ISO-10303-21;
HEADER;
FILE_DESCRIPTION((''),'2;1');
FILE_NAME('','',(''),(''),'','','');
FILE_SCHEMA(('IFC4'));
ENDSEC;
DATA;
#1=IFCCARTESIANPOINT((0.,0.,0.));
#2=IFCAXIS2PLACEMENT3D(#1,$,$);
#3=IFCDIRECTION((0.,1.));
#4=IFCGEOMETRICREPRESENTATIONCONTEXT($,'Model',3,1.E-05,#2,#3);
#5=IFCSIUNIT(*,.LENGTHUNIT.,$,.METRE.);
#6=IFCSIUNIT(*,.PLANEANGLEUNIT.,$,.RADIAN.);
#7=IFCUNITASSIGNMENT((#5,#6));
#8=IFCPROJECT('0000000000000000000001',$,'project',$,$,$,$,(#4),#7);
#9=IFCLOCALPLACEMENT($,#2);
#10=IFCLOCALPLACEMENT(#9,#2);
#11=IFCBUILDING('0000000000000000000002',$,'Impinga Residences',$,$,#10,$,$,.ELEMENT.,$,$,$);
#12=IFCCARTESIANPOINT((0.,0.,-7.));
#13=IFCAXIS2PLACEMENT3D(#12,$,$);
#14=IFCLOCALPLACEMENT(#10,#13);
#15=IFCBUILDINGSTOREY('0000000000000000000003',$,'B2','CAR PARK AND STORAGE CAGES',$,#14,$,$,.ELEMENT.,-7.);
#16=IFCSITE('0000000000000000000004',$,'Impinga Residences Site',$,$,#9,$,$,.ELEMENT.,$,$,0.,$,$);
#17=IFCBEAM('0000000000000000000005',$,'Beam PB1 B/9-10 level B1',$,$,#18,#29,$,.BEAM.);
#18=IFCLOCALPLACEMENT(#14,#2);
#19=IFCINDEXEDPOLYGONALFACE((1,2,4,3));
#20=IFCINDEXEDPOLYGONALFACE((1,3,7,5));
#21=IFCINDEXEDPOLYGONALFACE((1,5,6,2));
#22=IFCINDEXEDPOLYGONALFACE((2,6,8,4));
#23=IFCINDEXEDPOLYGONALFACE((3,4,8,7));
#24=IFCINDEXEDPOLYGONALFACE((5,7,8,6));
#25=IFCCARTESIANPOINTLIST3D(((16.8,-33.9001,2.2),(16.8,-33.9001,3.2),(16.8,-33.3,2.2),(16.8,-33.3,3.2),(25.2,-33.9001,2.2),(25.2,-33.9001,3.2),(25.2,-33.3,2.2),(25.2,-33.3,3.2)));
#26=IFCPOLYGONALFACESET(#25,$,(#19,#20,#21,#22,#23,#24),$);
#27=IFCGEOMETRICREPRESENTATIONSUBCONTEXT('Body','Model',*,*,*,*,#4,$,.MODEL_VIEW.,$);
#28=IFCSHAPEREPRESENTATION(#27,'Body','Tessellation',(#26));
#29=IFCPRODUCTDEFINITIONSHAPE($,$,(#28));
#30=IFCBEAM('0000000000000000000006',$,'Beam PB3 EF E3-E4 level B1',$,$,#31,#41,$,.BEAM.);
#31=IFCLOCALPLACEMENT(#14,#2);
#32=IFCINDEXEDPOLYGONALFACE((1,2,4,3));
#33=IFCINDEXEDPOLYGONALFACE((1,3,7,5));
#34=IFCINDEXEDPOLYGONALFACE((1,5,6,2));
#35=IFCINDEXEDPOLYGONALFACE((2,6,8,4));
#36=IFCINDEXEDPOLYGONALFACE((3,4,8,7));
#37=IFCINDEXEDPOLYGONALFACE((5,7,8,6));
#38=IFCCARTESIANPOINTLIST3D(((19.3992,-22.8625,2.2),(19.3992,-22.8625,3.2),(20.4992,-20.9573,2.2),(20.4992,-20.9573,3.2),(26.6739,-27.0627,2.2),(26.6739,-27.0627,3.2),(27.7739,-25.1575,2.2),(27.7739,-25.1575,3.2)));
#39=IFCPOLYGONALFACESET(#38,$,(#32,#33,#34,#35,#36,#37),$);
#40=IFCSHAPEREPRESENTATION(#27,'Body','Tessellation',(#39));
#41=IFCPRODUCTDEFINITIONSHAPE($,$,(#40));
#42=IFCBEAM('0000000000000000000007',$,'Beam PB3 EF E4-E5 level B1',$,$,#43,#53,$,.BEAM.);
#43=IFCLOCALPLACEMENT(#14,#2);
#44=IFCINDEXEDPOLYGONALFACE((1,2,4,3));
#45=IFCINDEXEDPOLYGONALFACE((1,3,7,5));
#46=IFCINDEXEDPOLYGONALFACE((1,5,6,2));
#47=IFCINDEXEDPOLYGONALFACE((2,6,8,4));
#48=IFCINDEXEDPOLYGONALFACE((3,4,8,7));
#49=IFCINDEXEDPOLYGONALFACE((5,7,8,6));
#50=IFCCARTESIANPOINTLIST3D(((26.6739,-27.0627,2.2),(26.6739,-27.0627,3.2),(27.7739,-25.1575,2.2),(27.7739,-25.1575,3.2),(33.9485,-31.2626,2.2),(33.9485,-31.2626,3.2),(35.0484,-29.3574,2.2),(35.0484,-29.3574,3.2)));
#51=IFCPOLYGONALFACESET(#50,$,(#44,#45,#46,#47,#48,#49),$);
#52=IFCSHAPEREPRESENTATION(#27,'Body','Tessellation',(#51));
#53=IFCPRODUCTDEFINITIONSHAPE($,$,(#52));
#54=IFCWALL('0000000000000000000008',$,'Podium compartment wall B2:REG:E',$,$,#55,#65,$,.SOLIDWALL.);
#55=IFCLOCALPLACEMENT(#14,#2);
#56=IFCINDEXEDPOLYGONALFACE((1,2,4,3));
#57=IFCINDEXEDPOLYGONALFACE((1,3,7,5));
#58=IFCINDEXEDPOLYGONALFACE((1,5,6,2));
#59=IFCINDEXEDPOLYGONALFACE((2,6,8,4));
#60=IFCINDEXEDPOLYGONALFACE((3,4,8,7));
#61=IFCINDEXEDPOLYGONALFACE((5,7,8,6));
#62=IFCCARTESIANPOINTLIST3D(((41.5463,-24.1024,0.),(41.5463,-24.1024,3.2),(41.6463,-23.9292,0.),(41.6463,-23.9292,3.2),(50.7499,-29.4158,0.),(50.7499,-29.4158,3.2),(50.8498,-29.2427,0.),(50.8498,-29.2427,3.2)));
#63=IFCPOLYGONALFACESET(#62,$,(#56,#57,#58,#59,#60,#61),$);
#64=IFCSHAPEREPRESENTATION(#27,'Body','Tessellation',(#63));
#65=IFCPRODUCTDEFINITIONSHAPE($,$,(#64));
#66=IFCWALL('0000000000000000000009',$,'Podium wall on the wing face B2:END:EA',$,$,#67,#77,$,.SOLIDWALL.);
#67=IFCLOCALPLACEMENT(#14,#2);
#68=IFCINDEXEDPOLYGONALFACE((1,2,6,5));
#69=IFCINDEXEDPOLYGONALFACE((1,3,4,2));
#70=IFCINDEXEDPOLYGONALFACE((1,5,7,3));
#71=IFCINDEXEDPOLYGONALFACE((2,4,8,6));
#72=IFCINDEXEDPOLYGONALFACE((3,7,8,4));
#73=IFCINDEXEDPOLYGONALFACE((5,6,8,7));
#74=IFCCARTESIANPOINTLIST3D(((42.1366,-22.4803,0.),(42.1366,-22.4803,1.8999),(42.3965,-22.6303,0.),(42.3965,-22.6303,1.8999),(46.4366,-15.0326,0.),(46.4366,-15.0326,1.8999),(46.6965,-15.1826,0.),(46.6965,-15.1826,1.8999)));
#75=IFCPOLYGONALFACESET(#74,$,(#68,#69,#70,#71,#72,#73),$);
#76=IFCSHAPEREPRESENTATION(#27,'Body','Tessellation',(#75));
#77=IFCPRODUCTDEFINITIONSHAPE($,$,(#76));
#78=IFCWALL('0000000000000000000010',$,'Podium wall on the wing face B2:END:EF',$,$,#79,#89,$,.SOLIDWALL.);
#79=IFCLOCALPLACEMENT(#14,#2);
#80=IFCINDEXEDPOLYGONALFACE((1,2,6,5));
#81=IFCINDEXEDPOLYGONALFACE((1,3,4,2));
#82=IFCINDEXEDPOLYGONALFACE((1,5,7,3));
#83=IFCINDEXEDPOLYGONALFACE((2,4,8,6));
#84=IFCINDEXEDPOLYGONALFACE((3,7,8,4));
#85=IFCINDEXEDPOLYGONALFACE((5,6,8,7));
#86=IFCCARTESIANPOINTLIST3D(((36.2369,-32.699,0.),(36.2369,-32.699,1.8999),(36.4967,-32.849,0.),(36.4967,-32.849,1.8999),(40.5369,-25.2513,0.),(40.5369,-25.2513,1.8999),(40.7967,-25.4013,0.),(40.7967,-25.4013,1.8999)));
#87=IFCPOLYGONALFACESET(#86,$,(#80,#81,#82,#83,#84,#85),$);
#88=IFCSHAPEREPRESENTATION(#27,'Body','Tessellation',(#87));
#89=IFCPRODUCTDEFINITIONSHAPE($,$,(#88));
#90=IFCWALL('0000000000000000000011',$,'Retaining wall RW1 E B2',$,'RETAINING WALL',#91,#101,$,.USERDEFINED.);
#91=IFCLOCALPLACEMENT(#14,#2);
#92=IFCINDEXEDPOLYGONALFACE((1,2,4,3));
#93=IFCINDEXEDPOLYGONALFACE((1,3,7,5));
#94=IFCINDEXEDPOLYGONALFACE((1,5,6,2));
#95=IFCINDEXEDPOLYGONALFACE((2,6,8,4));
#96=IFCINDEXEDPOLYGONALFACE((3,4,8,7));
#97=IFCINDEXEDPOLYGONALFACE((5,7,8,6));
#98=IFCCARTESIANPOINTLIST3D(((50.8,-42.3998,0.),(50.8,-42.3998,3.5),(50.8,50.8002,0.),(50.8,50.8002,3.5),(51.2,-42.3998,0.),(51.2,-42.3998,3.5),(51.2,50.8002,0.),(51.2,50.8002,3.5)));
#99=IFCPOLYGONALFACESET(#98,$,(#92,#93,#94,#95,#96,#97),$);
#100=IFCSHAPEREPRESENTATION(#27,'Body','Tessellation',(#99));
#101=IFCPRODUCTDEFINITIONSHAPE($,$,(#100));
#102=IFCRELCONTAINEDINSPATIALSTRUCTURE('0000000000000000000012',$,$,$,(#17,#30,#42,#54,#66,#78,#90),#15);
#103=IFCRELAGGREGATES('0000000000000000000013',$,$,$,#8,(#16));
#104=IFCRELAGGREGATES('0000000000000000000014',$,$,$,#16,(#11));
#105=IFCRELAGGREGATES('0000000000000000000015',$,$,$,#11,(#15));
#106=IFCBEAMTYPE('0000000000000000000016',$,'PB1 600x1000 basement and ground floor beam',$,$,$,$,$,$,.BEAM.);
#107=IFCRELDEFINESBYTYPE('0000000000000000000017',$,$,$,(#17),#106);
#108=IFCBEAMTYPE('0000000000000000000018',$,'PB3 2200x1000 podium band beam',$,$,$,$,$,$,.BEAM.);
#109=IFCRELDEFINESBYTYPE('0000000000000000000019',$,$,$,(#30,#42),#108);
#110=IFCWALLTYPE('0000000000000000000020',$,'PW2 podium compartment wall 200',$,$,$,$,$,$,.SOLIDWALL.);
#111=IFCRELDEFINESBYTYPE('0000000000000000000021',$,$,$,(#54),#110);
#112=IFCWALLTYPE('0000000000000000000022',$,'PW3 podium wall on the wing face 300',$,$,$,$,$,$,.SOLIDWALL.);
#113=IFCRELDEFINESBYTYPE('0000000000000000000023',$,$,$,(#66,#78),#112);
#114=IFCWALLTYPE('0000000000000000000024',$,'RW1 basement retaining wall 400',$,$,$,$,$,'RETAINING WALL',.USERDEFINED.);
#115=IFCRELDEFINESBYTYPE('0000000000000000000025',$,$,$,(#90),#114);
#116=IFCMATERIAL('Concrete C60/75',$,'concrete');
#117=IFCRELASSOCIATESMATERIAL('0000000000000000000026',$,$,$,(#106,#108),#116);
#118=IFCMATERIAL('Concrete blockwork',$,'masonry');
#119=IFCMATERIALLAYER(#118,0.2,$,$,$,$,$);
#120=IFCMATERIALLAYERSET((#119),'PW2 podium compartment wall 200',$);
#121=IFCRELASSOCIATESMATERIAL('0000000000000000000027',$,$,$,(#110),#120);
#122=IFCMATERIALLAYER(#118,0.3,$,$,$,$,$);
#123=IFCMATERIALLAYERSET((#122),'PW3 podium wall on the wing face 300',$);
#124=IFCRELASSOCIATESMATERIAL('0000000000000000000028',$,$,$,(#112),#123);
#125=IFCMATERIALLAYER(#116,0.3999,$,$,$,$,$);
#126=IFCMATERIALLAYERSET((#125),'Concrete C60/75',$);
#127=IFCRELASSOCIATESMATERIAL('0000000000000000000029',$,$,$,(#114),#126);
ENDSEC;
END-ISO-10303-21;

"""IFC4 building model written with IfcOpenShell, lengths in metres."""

from ifc_helpers import new_model, si_unit, direction, frame, frame_2d, origin, origin_2d, place, context, subcontext, project, spatial, rectangle, extrude, material, layer, layer_set, material_profile, profile_set, type_object, element, save


model = new_model("IFC4")

# Units and contexts
model_context = context("Model", 3, precision=1e-05, world=origin(), true_north=direction((0.0, 1.0)))
body_context = subcontext(model_context, "Body", "Model", "MODEL_VIEW")
ifc_project = project(units=[si_unit("LENGTHUNIT", "METRE"), si_unit("PLANEANGLEUNIT", "RADIAN")], contexts=[model_context])

# Site, building, storey
site_placement = place(None, origin())
site = spatial("IfcSite", under=ifc_project, at=site_placement, Name="Impinga Residences Site", CompositionType="ELEMENT", RefElevation=0.0)
building_placement = place(site_placement, origin())
building = spatial("IfcBuilding", under=site, at=building_placement, Name="Impinga Residences", CompositionType="ELEMENT")
storey_placement = place(building_placement, frame((0.0, 0.0, -7.0)))
storey = spatial("IfcBuildingStorey", under=building, at=storey_placement, Name="B2", Description="CAR PARK AND STORAGE CAGES", CompositionType="ELEMENT", Elevation=-7.0)

# Beams
ifc_material_1 = material(Name="Concrete C60/75", Category="concrete")
ifc_material_profile_1 = material_profile(ifc_material_1, rectangle(XDim=0.6001, YDim=1.0, at=origin_2d()), Name="RC 600x1000")
ifc_profile_set_1 = profile_set([ifc_material_profile_1], Name="Concrete C60/75")
beam_type_1 = type_object("IfcBeamType", Name="PB1 600x1000 basement and ground floor beam", PredefinedType="BEAM", material=ifc_profile_set_1)
beam_1_placement = place(storey_placement, frame((16.8, -33.6001, 2.7), z_axis=(1.0, 0.0, 0.0), x_axis=(0.0, 1.0, 0.0)))
element("IfcBeam", 1, at=beam_1_placement, inside=storey, type_object=beam_type_1, Name="Beam PB1 B/9-10 level B1", PredefinedType="BEAM", context=body_context, shape_type="SweptSolid", body=[
    extrude(rectangle(XDim=0.6001, YDim=1.0, at=origin_2d()), origin(), (0.0, 0.0, 1.0), 8.3999),
])
ifc_material_profile_2 = material_profile(ifc_material_1, rectangle(XDim=2.2, YDim=1.0, at=origin_2d()), Name="RC 2200x1000")
ifc_profile_set_2 = profile_set([ifc_material_profile_2], Name="Concrete C60/75")
beam_type_2 = type_object("IfcBeamType", Name="PB3 2200x1000 podium band beam", PredefinedType="BEAM", material=ifc_profile_set_2)
beam_2_placement = place(storey_placement, frame((19.9492, -21.9099, 2.7), z_axis=(0.866017, -0.500015, 0.0), x_axis=(0.500015, 0.866017, 0.0)))
element("IfcBeam", 2, at=beam_2_placement, inside=storey, type_object=beam_type_2, Name="Beam PB3 EF E3-E4 level B1", PredefinedType="BEAM", context=body_context, shape_type="SweptSolid", body=[
    extrude(rectangle(XDim=2.2, YDim=1.0, at=origin_2d()), origin(), (0.0, 0.0, 1.0), 8.4001),
])
beam_3_placement = place(storey_placement, frame((27.2239, -26.1101, 2.7), z_axis=(0.866029, -0.499993, 0.0), x_axis=(0.499993, 0.866029, 0.0)))
element("IfcBeam", 3, at=beam_3_placement, inside=storey, type_object=beam_type_2, Name="Beam PB3 EF E4-E5 level B1", PredefinedType="BEAM", context=body_context, shape_type="SweptSolid", body=[
    extrude(rectangle(XDim=2.2, YDim=1.0, at=origin_2d()), origin(), (0.0, 0.0, 1.0), 8.3999),
])

# Walls
ifc_material_2 = material(Name="Concrete blockwork", Category="masonry")
ifc_layer_1 = layer(ifc_material_2, 0.2)
ifc_layer_set_1 = layer_set([ifc_layer_1], Name="PW2 podium compartment wall 200")
wall_type_1 = type_object("IfcWallType", Name="PW2 podium compartment wall 200", PredefinedType="SOLIDWALL", material=ifc_layer_set_1)
wall_1_placement = place(storey_placement, frame((41.5964, -24.0159, 0.0), z_axis=(0.0, 0.0, 1.0), x_axis=(0.866035, -0.499984, 0.0)))
element("IfcWall", 4, at=wall_1_placement, inside=storey, type_object=wall_type_1, Name="Podium compartment wall B2:REG:E", PredefinedType="SOLIDWALL", context=body_context, shape_type="SweptSolid", body=[
    extrude(rectangle(XDim=10.6272, YDim=0.2, at=frame_2d((5.3135, 0.0))), origin(), (0.0, 0.0, 1.0), 3.2),
])
ifc_layer_2 = layer(ifc_material_2, 0.3)
ifc_layer_set_2 = layer_set([ifc_layer_2], Name="PW3 podium wall on the wing face 300")
wall_type_2 = type_object("IfcWallType", Name="PW3 podium wall on the wing face 300", PredefinedType="SOLIDWALL", material=ifc_layer_set_2)
for number, where, z_axis, x_axis, name in (
    (5, (42.2666, -22.5552, 0.0), (0.0, 0.0, 1.0), (0.500008, 0.866021, 0.0), "Podium wall on the wing face B2:END:EA"),
    (6, (40.6667, -25.3264, 0.0), (0.0, 0.0, 1.0), (-0.500008, -0.866021, 0.0), "Podium wall on the wing face B2:END:EF"),
):
    element("IfcWall", number, at=place(storey_placement, frame(where, z_axis=z_axis, x_axis=x_axis)), inside=storey, type_object=wall_type_2, Name=name, PredefinedType="SOLIDWALL", context=body_context, shape_type="SweptSolid", body=[
        extrude(rectangle(XDim=8.5999, YDim=0.3, at=frame_2d((4.2998, 0.0))), origin(), (0.0, 0.0, 1.0), 1.8999),
    ])
ifc_layer_3 = layer(ifc_material_1, 0.3999)
ifc_layer_set_3 = layer_set([ifc_layer_3], Name="Concrete C60/75")
wall_type_3 = type_object("IfcWallType", Name="RW1 basement retaining wall 400", ElementType="RETAINING WALL", PredefinedType="USERDEFINED", material=ifc_layer_set_3)
wall_2_placement = place(storey_placement, frame((51.0, -42.3999, 0.0), z_axis=(0.0, 0.0, 1.0), x_axis=(0.0, 1.0, 0.0)))
element("IfcWall", 7, at=wall_2_placement, inside=storey, type_object=wall_type_3, Name="Retaining wall RW1 E B2", ObjectType="RETAINING WALL", PredefinedType="USERDEFINED", context=body_context, shape_type="SweptSolid", body=[
    extrude(rectangle(XDim=93.2, YDim=0.3999, at=frame_2d((46.6001, 0.0))), origin(), (0.0, 0.0, 1.0), 3.5),
])

save(model, "model.ifc")
